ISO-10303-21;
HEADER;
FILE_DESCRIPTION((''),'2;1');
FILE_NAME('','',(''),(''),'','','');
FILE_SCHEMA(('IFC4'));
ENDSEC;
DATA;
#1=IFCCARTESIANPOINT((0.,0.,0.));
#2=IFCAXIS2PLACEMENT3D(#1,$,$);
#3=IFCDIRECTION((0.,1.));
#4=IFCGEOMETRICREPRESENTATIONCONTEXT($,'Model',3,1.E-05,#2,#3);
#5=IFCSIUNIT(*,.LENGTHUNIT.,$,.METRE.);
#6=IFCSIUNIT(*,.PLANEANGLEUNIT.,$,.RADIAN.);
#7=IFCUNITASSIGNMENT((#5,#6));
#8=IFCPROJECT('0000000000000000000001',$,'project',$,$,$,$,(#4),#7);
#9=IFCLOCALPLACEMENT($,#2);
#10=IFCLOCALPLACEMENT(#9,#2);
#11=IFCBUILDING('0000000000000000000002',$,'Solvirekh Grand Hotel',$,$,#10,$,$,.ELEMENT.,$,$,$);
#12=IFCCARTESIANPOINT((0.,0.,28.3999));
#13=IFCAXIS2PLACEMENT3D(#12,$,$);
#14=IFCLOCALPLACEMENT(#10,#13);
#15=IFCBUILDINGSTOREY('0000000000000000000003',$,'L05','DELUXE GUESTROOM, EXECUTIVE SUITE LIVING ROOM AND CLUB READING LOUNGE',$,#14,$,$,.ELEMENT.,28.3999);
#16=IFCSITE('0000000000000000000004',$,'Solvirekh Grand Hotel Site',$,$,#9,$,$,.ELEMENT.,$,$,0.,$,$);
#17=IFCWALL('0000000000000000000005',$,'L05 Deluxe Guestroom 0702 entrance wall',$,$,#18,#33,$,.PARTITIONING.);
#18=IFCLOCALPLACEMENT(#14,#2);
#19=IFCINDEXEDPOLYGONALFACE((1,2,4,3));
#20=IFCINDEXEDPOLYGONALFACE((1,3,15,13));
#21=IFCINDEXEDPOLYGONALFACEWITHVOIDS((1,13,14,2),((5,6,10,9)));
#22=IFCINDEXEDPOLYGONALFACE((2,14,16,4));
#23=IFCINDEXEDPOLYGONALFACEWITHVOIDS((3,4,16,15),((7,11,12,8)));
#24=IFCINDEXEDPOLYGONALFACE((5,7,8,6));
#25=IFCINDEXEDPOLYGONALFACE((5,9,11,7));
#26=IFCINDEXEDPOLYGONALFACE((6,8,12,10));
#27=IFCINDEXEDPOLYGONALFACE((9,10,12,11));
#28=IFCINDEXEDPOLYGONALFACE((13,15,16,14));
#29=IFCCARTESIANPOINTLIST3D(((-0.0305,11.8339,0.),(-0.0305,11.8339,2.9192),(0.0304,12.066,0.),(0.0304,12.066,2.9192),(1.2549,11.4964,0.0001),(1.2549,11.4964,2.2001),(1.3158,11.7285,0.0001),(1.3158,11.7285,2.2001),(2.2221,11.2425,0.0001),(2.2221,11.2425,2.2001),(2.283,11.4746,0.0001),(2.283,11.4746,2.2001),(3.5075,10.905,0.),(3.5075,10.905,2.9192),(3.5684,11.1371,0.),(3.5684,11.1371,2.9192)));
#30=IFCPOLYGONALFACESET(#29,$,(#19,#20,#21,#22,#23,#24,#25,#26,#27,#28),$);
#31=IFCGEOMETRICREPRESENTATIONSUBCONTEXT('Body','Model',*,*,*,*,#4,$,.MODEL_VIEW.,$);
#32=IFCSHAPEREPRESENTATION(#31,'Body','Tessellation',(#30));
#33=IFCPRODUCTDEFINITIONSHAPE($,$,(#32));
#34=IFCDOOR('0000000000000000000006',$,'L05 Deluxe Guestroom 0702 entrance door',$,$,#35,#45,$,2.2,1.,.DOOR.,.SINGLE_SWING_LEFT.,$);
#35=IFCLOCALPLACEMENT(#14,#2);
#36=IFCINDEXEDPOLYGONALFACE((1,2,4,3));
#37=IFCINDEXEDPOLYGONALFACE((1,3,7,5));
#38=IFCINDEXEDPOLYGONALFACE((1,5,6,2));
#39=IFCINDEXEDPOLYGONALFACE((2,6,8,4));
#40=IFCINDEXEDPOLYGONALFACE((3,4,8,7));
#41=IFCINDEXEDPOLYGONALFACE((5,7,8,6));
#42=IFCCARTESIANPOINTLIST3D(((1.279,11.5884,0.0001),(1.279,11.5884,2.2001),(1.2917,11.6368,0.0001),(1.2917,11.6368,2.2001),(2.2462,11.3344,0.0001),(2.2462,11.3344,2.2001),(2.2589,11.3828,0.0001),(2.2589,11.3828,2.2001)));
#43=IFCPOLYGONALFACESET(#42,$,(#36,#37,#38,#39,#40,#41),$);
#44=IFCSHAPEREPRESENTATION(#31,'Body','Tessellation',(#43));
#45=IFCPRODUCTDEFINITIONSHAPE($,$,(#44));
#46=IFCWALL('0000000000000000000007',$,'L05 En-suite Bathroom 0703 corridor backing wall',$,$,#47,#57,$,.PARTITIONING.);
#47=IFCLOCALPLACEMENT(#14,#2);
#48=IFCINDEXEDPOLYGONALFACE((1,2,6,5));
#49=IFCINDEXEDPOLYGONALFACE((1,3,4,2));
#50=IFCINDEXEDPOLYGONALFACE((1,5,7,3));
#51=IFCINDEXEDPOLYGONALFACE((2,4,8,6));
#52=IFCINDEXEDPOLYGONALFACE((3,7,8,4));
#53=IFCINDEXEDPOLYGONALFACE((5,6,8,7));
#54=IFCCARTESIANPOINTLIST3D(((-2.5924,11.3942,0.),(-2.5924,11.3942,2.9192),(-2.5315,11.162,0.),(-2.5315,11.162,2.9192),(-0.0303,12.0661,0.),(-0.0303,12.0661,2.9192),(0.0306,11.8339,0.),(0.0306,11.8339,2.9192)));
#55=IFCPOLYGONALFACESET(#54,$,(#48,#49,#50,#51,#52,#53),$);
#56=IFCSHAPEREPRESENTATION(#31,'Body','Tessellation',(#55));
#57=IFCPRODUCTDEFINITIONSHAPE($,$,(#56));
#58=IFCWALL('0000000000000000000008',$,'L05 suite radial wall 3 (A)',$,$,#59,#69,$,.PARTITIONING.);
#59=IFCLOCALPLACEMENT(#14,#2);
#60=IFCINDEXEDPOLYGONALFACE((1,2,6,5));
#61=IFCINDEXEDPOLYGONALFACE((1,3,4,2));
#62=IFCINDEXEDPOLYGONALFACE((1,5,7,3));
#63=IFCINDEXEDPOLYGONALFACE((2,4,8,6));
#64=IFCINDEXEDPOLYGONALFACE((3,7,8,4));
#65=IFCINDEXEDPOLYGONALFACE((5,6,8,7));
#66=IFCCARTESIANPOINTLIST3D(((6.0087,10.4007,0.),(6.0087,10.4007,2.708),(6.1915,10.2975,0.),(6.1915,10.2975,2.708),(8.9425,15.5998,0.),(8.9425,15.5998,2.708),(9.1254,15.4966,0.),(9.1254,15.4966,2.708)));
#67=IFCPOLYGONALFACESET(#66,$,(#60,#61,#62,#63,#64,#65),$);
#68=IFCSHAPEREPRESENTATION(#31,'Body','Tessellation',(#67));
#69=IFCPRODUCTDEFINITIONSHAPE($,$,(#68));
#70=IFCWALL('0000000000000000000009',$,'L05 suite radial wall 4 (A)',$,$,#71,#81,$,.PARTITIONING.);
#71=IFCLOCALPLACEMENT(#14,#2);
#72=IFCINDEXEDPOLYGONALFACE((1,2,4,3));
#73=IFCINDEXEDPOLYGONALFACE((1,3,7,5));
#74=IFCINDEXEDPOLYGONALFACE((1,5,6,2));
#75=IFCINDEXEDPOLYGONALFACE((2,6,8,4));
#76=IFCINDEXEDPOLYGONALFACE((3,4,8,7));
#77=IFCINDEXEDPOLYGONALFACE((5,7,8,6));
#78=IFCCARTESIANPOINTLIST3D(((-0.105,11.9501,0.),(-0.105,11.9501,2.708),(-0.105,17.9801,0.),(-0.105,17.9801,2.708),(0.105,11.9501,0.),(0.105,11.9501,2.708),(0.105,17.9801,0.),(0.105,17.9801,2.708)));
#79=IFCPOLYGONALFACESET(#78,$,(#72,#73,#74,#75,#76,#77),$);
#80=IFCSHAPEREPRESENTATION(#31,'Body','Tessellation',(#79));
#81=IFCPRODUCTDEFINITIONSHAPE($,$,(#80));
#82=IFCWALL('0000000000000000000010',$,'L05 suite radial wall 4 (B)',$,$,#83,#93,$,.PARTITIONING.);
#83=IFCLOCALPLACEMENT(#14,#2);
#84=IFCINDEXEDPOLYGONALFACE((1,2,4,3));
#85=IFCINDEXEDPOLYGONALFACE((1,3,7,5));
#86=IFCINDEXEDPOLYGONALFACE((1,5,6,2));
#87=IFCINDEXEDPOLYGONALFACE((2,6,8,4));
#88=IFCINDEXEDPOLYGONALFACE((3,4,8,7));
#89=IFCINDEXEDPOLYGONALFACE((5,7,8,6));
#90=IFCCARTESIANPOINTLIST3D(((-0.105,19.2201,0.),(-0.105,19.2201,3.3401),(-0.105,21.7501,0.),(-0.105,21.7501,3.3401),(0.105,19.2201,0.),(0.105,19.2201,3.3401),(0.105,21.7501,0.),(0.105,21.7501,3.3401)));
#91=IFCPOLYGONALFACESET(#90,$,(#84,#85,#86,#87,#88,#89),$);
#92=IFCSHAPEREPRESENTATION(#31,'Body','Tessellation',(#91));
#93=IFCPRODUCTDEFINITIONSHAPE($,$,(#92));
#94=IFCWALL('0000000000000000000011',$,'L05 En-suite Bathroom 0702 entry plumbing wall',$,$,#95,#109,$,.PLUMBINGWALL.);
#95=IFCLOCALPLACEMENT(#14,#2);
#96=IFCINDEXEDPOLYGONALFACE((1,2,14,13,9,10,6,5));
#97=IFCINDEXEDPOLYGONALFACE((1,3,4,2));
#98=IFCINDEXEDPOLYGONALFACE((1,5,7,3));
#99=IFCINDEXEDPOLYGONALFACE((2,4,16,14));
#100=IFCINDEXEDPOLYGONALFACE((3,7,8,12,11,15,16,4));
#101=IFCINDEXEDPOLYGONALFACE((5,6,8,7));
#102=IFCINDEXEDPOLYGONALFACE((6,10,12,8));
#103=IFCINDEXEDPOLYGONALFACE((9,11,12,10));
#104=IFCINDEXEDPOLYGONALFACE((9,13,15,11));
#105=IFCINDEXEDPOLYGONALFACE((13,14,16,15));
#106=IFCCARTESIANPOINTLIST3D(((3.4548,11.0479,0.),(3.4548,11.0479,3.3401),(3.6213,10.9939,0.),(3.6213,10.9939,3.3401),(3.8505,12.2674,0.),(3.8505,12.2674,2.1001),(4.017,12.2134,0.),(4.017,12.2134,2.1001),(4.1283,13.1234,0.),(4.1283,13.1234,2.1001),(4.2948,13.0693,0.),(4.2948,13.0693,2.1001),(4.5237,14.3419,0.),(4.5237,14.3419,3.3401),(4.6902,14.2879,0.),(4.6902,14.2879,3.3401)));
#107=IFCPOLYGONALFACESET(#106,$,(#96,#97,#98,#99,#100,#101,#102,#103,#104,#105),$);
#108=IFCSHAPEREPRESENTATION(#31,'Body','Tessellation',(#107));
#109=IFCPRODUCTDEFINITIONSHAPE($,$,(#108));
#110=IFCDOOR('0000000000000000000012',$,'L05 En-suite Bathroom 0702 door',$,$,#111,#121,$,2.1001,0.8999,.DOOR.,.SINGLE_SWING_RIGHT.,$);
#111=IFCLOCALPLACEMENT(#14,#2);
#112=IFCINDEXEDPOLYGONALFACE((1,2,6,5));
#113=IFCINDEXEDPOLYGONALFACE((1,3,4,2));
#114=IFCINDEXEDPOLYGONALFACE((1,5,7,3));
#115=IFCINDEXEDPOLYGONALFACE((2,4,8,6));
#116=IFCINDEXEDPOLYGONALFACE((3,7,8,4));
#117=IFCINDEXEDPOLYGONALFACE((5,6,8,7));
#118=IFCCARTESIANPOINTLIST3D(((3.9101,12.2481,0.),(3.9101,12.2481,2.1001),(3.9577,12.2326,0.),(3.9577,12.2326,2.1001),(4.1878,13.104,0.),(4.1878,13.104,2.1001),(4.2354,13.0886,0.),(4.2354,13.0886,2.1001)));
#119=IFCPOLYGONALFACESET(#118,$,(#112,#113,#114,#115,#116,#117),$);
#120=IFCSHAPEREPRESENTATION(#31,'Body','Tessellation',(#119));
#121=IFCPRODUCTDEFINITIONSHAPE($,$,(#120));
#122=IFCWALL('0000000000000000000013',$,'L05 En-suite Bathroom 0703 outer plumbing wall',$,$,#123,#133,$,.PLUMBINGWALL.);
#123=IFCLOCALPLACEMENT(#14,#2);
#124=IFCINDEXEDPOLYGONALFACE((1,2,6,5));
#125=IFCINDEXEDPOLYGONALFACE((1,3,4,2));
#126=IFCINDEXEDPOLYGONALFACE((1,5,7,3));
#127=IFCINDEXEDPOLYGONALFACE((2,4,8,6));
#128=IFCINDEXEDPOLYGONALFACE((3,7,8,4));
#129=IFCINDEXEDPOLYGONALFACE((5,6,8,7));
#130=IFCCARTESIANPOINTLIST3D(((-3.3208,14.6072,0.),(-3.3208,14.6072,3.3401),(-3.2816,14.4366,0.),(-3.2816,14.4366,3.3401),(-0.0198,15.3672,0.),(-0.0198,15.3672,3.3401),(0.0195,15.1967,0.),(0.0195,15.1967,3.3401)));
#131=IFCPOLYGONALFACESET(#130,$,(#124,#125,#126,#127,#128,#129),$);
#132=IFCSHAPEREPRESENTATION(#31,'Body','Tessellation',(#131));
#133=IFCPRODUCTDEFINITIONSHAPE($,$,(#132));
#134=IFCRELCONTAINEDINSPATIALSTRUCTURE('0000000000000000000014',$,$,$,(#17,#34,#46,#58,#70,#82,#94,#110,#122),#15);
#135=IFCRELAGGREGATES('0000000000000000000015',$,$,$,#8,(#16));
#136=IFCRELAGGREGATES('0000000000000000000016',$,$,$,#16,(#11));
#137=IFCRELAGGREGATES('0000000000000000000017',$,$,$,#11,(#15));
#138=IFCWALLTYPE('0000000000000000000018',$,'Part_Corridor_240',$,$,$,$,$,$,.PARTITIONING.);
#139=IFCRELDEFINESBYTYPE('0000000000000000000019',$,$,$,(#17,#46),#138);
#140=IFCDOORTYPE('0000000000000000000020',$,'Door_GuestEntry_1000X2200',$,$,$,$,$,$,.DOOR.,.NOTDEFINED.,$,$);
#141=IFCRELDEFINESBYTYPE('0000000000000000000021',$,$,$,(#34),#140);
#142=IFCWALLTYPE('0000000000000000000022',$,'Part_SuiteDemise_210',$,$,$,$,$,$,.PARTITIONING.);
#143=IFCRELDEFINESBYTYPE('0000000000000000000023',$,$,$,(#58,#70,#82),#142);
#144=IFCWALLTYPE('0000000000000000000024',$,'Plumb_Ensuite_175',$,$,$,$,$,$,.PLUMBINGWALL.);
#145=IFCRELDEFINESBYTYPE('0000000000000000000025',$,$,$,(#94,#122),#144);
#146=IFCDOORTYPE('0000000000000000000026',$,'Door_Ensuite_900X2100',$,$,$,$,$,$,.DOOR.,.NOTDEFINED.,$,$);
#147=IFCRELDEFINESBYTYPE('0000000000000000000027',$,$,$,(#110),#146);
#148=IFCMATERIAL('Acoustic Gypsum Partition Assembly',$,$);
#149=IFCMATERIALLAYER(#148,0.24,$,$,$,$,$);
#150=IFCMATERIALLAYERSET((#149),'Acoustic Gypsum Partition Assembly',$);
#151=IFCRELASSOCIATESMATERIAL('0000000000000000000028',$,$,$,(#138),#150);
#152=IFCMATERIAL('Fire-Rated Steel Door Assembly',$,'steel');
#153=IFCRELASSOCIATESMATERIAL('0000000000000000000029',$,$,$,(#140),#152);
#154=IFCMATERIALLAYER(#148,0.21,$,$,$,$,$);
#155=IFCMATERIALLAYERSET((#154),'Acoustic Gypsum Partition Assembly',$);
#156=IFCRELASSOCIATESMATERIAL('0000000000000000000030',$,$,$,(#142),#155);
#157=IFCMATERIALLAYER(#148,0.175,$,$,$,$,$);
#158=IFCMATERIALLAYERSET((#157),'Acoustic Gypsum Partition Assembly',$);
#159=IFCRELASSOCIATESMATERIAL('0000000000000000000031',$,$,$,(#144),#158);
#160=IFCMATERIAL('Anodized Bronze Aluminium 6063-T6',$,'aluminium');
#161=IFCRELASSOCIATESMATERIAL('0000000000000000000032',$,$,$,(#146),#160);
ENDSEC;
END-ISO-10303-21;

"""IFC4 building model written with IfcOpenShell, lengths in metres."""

from ifc_helpers import new_model, si_unit, direction, frame, frame_2d, origin, place, context, subcontext, project, spatial, rectangle, extrude, material, layer, layer_set, type_object, element, fill, save


model = new_model("IFC4")

# Units and contexts
model_context = context("Model", 3, precision=1e-05, world=origin(), true_north=direction((0.0, 1.0)))
body_context = subcontext(model_context, "Body", "Model", "MODEL_VIEW")
ifc_project = project(units=[si_unit("LENGTHUNIT", "METRE"), si_unit("PLANEANGLEUNIT", "RADIAN")], contexts=[model_context])

# Site, building, storey
site_placement = place(None, origin())
site = spatial("IfcSite", under=ifc_project, at=site_placement, Name="Solvirekh Grand Hotel Site", CompositionType="ELEMENT", RefElevation=0.0)
building_placement = place(site_placement, origin())
building = spatial("IfcBuilding", under=site, at=building_placement, Name="Solvirekh Grand Hotel", CompositionType="ELEMENT")
storey_placement = place(building_placement, frame((0.0, 0.0, 28.3999)))
storey = spatial("IfcBuildingStorey", under=building, at=storey_placement, Name="L05", Description="DELUXE GUESTROOM, EXECUTIVE SUITE LIVING ROOM AND CLUB READING LOUNGE", CompositionType="ELEMENT", Elevation=28.3999)

# Shared definitions
ifc_material_1 = material(Name="Anodized Bronze Aluminium 6063-T6", Category="aluminium")

# Shared definitions
ifc_material_2 = material(Name="Acoustic Gypsum Partition Assembly")
ifc_layer_1 = layer(ifc_material_2, 0.24)
ifc_layer_set_1 = layer_set([ifc_layer_1], Name="Acoustic Gypsum Partition Assembly")
wall_type_1 = type_object("IfcWallType", Name="Part_Corridor_240", PredefinedType="PARTITIONING", material=ifc_layer_set_1)

# Wall, opening, door
wall_1_placement = place(storey_placement, frame((3.5381, 11.021, 0.0), z_axis=(0.0, 0.0, 1.0), x_axis=(-0.967217, 0.253951, 0.0)))
wall_1 = element("IfcWall", 1, at=wall_1_placement, inside=storey, type_object=wall_type_1, Name="L05 Deluxe Guestroom 0702 entrance wall", PredefinedType="PARTITIONING", context=body_context, shape_type="SweptSolid", body=[
    extrude(rectangle(XDim=3.658, YDim=0.24, at=frame_2d((1.8291, 0.0))), origin(), (0.0, 0.0, 1.0), 2.9192),
])
opening_1_placement = place(wall_1_placement, frame((1.3291, 0.0, 0.0)))
opening_1 = element("IfcOpeningElement", 2, at=opening_1_placement, cuts=wall_1, PredefinedType="OPENING", context=body_context, shape_type="SweptSolid", body=[
    extrude(rectangle(XDim=1.0, YDim=2.2, at=frame_2d((0.5, 1.1001))), frame((0.0, 0.1299, 0.0), z_axis=(0.0, -1.0, 0.0), x_axis=(1.0, 0.0, 0.0)), (0.0, 0.0, 1.0), 0.26),
])
ifc_material_3 = material(Name="Fire-Rated Steel Door Assembly", Category="steel")
door_type_1 = type_object("IfcDoorType", Name="Door_GuestEntry_1000X2200", OperationType="NOTDEFINED", PredefinedType="DOOR", material=ifc_material_3)
door_1_placement = place(opening_1_placement, origin())
door_1 = element("IfcDoor", 3, at=door_1_placement, inside=storey, type_object=door_type_1, Name="L05 Deluxe Guestroom 0702 entrance door", OperationType="SINGLE_SWING_LEFT", OverallHeight=2.2, OverallWidth=1.0, PredefinedType="DOOR", context=body_context, shape_type="SweptSolid", body=[
    extrude(rectangle(XDim=1.0, YDim=2.2, at=frame_2d((0.5, 1.1001))), frame((0.0, 0.0249, 0.0), z_axis=(0.0, -1.0, 0.0), x_axis=(1.0, 0.0, 0.0)), (0.0, 0.0, 1.0), 0.05),
])
fill(opening_1, door_1)

# Walls
wall_2_placement = place(storey_placement, frame((0.0, 11.95, 0.0), z_axis=(0.0, 0.0, 1.0), x_axis=(-0.967291, -0.253667, 0.0)))
element("IfcWall", 4, at=wall_2_placement, inside=storey, type_object=wall_type_1, Name="L05 En-suite Bathroom 0703 corridor backing wall", PredefinedType="PARTITIONING", context=body_context, shape_type="SweptSolid", body=[
    extrude(rectangle(XDim=2.6487, YDim=0.24, at=frame_2d((1.3242, 0.0))), origin(), (0.0, 0.0, 1.0), 2.9192),
])
ifc_layer_2 = layer(ifc_material_2, 0.21)
ifc_layer_set_2 = layer_set([ifc_layer_2], Name="Acoustic Gypsum Partition Assembly")
wall_type_2 = type_object("IfcWallType", Name="Part_SuiteDemise_210", PredefinedType="PARTITIONING", material=ifc_layer_set_2)
wall_3_placement = place(storey_placement, frame((6.1001, 10.3491, 0.0), z_axis=(0.0, 0.0, 1.0), x_axis=(0.491459, 0.870901, 0.0)))
element("IfcWall", 5, at=wall_3_placement, inside=storey, type_object=wall_type_2, Name="L05 suite radial wall 3 (A)", PredefinedType="PARTITIONING", context=body_context, shape_type="SweptSolid", body=[
    extrude(rectangle(XDim=5.9697, YDim=0.21, at=frame_2d((2.9849, 0.0))), origin(), (0.0, 0.0, 1.0), 2.708),
])
wall_4_placement = place(storey_placement, frame((0.0, 11.95, 0.0), z_axis=(0.0, 0.0, 1.0), x_axis=(0.0, 1.0, 0.0)))
element("IfcWall", 6, at=wall_4_placement, inside=storey, type_object=wall_type_2, Name="L05 suite radial wall 4 (A)", PredefinedType="PARTITIONING", context=body_context, shape_type="SweptSolid", body=[
    extrude(rectangle(XDim=6.03, YDim=0.21, at=frame_2d((3.0151, 0.0))), origin(), (0.0, 0.0, 1.0), 2.708),
])
wall_5_placement = place(storey_placement, frame((0.0, 19.22, 0.0), z_axis=(0.0, 0.0, 1.0), x_axis=(0.0, 1.0, 0.0)))
element("IfcWall", 7, at=wall_5_placement, inside=storey, type_object=wall_type_2, Name="L05 suite radial wall 4 (B)", PredefinedType="PARTITIONING", context=body_context, shape_type="SweptSolid", body=[
    extrude(rectangle(XDim=2.53, YDim=0.21, at=frame_2d((1.2651, 0.0))), origin(), (0.0, 0.0, 1.0), 3.3401),
])

# Wall, opening, door
ifc_layer_3 = layer(ifc_material_2, 0.175)
ifc_layer_set_3 = layer_set([ifc_layer_3], Name="Acoustic Gypsum Partition Assembly")
wall_type_3 = type_object("IfcWallType", Name="Plumb_Ensuite_175", PredefinedType="PLUMBINGWALL", material=ifc_layer_set_3)
wall_6_placement = place(storey_placement, frame((3.5381, 11.021, 0.0), z_axis=(0.0, 0.0, 1.0), x_axis=(0.308646, 0.951177, 0.0)))
wall_6 = element("IfcWall", 8, at=wall_6_placement, inside=storey, type_object=wall_type_3, Name="L05 En-suite Bathroom 0702 entry plumbing wall", PredefinedType="PLUMBINGWALL", context=body_context, shape_type="SweptSolid", body=[
    extrude(rectangle(XDim=3.4631, YDim=0.175, at=frame_2d((1.7314, 0.0))), origin(), (0.0, 0.0, 1.0), 3.3401),
])
opening_2_placement = place(wall_6_placement, frame((1.282, 0.0, 0.0)))
opening_2 = element("IfcOpeningElement", 9, at=opening_2_placement, cuts=wall_6, PredefinedType="OPENING", context=body_context, shape_type="SweptSolid", body=[
    extrude(rectangle(XDim=0.8999, YDim=2.1001, at=frame_2d((0.45, 1.05))), frame((0.0, 0.0977, 0.0), z_axis=(0.0, -1.0, 0.0), x_axis=(1.0, 0.0, 0.0)), (0.0, 0.0, 1.0), 0.1951),
])
door_type_2 = type_object("IfcDoorType", Name="Door_Ensuite_900X2100", OperationType="NOTDEFINED", PredefinedType="DOOR", material=ifc_material_1)
door_2_placement = place(opening_2_placement, origin())
door_2 = element("IfcDoor", 10, at=door_2_placement, inside=storey, type_object=door_type_2, Name="L05 En-suite Bathroom 0702 door", OperationType="SINGLE_SWING_RIGHT", OverallHeight=2.1001, OverallWidth=0.8999, PredefinedType="DOOR", context=body_context, shape_type="SweptSolid", body=[
    extrude(rectangle(XDim=0.8999, YDim=2.1001, at=frame_2d((0.45, 1.05))), frame((0.0, 0.0249, 0.0), z_axis=(0.0, -1.0, 0.0), x_axis=(1.0, 0.0, 0.0)), (0.0, 0.0, 1.0), 0.05),
])
fill(opening_2, door_2)

# Wall
wall_7_placement = place(storey_placement, frame((0.0, 15.282, 0.0), z_axis=(0.0, 0.0, 1.0), x_axis=(-0.974505, -0.224365, 0.0)))
element("IfcWall", 11, at=wall_7_placement, inside=storey, type_object=wall_type_3, Name="L05 En-suite Bathroom 0703 outer plumbing wall", PredefinedType="PLUMBINGWALL", context=body_context, shape_type="SweptSolid", body=[
    extrude(rectangle(XDim=3.3875, YDim=0.175, at=frame_2d((1.6938, 0.0))), origin(), (0.0, 0.0, 1.0), 3.3401),
])

save(model, "model.ifc")
